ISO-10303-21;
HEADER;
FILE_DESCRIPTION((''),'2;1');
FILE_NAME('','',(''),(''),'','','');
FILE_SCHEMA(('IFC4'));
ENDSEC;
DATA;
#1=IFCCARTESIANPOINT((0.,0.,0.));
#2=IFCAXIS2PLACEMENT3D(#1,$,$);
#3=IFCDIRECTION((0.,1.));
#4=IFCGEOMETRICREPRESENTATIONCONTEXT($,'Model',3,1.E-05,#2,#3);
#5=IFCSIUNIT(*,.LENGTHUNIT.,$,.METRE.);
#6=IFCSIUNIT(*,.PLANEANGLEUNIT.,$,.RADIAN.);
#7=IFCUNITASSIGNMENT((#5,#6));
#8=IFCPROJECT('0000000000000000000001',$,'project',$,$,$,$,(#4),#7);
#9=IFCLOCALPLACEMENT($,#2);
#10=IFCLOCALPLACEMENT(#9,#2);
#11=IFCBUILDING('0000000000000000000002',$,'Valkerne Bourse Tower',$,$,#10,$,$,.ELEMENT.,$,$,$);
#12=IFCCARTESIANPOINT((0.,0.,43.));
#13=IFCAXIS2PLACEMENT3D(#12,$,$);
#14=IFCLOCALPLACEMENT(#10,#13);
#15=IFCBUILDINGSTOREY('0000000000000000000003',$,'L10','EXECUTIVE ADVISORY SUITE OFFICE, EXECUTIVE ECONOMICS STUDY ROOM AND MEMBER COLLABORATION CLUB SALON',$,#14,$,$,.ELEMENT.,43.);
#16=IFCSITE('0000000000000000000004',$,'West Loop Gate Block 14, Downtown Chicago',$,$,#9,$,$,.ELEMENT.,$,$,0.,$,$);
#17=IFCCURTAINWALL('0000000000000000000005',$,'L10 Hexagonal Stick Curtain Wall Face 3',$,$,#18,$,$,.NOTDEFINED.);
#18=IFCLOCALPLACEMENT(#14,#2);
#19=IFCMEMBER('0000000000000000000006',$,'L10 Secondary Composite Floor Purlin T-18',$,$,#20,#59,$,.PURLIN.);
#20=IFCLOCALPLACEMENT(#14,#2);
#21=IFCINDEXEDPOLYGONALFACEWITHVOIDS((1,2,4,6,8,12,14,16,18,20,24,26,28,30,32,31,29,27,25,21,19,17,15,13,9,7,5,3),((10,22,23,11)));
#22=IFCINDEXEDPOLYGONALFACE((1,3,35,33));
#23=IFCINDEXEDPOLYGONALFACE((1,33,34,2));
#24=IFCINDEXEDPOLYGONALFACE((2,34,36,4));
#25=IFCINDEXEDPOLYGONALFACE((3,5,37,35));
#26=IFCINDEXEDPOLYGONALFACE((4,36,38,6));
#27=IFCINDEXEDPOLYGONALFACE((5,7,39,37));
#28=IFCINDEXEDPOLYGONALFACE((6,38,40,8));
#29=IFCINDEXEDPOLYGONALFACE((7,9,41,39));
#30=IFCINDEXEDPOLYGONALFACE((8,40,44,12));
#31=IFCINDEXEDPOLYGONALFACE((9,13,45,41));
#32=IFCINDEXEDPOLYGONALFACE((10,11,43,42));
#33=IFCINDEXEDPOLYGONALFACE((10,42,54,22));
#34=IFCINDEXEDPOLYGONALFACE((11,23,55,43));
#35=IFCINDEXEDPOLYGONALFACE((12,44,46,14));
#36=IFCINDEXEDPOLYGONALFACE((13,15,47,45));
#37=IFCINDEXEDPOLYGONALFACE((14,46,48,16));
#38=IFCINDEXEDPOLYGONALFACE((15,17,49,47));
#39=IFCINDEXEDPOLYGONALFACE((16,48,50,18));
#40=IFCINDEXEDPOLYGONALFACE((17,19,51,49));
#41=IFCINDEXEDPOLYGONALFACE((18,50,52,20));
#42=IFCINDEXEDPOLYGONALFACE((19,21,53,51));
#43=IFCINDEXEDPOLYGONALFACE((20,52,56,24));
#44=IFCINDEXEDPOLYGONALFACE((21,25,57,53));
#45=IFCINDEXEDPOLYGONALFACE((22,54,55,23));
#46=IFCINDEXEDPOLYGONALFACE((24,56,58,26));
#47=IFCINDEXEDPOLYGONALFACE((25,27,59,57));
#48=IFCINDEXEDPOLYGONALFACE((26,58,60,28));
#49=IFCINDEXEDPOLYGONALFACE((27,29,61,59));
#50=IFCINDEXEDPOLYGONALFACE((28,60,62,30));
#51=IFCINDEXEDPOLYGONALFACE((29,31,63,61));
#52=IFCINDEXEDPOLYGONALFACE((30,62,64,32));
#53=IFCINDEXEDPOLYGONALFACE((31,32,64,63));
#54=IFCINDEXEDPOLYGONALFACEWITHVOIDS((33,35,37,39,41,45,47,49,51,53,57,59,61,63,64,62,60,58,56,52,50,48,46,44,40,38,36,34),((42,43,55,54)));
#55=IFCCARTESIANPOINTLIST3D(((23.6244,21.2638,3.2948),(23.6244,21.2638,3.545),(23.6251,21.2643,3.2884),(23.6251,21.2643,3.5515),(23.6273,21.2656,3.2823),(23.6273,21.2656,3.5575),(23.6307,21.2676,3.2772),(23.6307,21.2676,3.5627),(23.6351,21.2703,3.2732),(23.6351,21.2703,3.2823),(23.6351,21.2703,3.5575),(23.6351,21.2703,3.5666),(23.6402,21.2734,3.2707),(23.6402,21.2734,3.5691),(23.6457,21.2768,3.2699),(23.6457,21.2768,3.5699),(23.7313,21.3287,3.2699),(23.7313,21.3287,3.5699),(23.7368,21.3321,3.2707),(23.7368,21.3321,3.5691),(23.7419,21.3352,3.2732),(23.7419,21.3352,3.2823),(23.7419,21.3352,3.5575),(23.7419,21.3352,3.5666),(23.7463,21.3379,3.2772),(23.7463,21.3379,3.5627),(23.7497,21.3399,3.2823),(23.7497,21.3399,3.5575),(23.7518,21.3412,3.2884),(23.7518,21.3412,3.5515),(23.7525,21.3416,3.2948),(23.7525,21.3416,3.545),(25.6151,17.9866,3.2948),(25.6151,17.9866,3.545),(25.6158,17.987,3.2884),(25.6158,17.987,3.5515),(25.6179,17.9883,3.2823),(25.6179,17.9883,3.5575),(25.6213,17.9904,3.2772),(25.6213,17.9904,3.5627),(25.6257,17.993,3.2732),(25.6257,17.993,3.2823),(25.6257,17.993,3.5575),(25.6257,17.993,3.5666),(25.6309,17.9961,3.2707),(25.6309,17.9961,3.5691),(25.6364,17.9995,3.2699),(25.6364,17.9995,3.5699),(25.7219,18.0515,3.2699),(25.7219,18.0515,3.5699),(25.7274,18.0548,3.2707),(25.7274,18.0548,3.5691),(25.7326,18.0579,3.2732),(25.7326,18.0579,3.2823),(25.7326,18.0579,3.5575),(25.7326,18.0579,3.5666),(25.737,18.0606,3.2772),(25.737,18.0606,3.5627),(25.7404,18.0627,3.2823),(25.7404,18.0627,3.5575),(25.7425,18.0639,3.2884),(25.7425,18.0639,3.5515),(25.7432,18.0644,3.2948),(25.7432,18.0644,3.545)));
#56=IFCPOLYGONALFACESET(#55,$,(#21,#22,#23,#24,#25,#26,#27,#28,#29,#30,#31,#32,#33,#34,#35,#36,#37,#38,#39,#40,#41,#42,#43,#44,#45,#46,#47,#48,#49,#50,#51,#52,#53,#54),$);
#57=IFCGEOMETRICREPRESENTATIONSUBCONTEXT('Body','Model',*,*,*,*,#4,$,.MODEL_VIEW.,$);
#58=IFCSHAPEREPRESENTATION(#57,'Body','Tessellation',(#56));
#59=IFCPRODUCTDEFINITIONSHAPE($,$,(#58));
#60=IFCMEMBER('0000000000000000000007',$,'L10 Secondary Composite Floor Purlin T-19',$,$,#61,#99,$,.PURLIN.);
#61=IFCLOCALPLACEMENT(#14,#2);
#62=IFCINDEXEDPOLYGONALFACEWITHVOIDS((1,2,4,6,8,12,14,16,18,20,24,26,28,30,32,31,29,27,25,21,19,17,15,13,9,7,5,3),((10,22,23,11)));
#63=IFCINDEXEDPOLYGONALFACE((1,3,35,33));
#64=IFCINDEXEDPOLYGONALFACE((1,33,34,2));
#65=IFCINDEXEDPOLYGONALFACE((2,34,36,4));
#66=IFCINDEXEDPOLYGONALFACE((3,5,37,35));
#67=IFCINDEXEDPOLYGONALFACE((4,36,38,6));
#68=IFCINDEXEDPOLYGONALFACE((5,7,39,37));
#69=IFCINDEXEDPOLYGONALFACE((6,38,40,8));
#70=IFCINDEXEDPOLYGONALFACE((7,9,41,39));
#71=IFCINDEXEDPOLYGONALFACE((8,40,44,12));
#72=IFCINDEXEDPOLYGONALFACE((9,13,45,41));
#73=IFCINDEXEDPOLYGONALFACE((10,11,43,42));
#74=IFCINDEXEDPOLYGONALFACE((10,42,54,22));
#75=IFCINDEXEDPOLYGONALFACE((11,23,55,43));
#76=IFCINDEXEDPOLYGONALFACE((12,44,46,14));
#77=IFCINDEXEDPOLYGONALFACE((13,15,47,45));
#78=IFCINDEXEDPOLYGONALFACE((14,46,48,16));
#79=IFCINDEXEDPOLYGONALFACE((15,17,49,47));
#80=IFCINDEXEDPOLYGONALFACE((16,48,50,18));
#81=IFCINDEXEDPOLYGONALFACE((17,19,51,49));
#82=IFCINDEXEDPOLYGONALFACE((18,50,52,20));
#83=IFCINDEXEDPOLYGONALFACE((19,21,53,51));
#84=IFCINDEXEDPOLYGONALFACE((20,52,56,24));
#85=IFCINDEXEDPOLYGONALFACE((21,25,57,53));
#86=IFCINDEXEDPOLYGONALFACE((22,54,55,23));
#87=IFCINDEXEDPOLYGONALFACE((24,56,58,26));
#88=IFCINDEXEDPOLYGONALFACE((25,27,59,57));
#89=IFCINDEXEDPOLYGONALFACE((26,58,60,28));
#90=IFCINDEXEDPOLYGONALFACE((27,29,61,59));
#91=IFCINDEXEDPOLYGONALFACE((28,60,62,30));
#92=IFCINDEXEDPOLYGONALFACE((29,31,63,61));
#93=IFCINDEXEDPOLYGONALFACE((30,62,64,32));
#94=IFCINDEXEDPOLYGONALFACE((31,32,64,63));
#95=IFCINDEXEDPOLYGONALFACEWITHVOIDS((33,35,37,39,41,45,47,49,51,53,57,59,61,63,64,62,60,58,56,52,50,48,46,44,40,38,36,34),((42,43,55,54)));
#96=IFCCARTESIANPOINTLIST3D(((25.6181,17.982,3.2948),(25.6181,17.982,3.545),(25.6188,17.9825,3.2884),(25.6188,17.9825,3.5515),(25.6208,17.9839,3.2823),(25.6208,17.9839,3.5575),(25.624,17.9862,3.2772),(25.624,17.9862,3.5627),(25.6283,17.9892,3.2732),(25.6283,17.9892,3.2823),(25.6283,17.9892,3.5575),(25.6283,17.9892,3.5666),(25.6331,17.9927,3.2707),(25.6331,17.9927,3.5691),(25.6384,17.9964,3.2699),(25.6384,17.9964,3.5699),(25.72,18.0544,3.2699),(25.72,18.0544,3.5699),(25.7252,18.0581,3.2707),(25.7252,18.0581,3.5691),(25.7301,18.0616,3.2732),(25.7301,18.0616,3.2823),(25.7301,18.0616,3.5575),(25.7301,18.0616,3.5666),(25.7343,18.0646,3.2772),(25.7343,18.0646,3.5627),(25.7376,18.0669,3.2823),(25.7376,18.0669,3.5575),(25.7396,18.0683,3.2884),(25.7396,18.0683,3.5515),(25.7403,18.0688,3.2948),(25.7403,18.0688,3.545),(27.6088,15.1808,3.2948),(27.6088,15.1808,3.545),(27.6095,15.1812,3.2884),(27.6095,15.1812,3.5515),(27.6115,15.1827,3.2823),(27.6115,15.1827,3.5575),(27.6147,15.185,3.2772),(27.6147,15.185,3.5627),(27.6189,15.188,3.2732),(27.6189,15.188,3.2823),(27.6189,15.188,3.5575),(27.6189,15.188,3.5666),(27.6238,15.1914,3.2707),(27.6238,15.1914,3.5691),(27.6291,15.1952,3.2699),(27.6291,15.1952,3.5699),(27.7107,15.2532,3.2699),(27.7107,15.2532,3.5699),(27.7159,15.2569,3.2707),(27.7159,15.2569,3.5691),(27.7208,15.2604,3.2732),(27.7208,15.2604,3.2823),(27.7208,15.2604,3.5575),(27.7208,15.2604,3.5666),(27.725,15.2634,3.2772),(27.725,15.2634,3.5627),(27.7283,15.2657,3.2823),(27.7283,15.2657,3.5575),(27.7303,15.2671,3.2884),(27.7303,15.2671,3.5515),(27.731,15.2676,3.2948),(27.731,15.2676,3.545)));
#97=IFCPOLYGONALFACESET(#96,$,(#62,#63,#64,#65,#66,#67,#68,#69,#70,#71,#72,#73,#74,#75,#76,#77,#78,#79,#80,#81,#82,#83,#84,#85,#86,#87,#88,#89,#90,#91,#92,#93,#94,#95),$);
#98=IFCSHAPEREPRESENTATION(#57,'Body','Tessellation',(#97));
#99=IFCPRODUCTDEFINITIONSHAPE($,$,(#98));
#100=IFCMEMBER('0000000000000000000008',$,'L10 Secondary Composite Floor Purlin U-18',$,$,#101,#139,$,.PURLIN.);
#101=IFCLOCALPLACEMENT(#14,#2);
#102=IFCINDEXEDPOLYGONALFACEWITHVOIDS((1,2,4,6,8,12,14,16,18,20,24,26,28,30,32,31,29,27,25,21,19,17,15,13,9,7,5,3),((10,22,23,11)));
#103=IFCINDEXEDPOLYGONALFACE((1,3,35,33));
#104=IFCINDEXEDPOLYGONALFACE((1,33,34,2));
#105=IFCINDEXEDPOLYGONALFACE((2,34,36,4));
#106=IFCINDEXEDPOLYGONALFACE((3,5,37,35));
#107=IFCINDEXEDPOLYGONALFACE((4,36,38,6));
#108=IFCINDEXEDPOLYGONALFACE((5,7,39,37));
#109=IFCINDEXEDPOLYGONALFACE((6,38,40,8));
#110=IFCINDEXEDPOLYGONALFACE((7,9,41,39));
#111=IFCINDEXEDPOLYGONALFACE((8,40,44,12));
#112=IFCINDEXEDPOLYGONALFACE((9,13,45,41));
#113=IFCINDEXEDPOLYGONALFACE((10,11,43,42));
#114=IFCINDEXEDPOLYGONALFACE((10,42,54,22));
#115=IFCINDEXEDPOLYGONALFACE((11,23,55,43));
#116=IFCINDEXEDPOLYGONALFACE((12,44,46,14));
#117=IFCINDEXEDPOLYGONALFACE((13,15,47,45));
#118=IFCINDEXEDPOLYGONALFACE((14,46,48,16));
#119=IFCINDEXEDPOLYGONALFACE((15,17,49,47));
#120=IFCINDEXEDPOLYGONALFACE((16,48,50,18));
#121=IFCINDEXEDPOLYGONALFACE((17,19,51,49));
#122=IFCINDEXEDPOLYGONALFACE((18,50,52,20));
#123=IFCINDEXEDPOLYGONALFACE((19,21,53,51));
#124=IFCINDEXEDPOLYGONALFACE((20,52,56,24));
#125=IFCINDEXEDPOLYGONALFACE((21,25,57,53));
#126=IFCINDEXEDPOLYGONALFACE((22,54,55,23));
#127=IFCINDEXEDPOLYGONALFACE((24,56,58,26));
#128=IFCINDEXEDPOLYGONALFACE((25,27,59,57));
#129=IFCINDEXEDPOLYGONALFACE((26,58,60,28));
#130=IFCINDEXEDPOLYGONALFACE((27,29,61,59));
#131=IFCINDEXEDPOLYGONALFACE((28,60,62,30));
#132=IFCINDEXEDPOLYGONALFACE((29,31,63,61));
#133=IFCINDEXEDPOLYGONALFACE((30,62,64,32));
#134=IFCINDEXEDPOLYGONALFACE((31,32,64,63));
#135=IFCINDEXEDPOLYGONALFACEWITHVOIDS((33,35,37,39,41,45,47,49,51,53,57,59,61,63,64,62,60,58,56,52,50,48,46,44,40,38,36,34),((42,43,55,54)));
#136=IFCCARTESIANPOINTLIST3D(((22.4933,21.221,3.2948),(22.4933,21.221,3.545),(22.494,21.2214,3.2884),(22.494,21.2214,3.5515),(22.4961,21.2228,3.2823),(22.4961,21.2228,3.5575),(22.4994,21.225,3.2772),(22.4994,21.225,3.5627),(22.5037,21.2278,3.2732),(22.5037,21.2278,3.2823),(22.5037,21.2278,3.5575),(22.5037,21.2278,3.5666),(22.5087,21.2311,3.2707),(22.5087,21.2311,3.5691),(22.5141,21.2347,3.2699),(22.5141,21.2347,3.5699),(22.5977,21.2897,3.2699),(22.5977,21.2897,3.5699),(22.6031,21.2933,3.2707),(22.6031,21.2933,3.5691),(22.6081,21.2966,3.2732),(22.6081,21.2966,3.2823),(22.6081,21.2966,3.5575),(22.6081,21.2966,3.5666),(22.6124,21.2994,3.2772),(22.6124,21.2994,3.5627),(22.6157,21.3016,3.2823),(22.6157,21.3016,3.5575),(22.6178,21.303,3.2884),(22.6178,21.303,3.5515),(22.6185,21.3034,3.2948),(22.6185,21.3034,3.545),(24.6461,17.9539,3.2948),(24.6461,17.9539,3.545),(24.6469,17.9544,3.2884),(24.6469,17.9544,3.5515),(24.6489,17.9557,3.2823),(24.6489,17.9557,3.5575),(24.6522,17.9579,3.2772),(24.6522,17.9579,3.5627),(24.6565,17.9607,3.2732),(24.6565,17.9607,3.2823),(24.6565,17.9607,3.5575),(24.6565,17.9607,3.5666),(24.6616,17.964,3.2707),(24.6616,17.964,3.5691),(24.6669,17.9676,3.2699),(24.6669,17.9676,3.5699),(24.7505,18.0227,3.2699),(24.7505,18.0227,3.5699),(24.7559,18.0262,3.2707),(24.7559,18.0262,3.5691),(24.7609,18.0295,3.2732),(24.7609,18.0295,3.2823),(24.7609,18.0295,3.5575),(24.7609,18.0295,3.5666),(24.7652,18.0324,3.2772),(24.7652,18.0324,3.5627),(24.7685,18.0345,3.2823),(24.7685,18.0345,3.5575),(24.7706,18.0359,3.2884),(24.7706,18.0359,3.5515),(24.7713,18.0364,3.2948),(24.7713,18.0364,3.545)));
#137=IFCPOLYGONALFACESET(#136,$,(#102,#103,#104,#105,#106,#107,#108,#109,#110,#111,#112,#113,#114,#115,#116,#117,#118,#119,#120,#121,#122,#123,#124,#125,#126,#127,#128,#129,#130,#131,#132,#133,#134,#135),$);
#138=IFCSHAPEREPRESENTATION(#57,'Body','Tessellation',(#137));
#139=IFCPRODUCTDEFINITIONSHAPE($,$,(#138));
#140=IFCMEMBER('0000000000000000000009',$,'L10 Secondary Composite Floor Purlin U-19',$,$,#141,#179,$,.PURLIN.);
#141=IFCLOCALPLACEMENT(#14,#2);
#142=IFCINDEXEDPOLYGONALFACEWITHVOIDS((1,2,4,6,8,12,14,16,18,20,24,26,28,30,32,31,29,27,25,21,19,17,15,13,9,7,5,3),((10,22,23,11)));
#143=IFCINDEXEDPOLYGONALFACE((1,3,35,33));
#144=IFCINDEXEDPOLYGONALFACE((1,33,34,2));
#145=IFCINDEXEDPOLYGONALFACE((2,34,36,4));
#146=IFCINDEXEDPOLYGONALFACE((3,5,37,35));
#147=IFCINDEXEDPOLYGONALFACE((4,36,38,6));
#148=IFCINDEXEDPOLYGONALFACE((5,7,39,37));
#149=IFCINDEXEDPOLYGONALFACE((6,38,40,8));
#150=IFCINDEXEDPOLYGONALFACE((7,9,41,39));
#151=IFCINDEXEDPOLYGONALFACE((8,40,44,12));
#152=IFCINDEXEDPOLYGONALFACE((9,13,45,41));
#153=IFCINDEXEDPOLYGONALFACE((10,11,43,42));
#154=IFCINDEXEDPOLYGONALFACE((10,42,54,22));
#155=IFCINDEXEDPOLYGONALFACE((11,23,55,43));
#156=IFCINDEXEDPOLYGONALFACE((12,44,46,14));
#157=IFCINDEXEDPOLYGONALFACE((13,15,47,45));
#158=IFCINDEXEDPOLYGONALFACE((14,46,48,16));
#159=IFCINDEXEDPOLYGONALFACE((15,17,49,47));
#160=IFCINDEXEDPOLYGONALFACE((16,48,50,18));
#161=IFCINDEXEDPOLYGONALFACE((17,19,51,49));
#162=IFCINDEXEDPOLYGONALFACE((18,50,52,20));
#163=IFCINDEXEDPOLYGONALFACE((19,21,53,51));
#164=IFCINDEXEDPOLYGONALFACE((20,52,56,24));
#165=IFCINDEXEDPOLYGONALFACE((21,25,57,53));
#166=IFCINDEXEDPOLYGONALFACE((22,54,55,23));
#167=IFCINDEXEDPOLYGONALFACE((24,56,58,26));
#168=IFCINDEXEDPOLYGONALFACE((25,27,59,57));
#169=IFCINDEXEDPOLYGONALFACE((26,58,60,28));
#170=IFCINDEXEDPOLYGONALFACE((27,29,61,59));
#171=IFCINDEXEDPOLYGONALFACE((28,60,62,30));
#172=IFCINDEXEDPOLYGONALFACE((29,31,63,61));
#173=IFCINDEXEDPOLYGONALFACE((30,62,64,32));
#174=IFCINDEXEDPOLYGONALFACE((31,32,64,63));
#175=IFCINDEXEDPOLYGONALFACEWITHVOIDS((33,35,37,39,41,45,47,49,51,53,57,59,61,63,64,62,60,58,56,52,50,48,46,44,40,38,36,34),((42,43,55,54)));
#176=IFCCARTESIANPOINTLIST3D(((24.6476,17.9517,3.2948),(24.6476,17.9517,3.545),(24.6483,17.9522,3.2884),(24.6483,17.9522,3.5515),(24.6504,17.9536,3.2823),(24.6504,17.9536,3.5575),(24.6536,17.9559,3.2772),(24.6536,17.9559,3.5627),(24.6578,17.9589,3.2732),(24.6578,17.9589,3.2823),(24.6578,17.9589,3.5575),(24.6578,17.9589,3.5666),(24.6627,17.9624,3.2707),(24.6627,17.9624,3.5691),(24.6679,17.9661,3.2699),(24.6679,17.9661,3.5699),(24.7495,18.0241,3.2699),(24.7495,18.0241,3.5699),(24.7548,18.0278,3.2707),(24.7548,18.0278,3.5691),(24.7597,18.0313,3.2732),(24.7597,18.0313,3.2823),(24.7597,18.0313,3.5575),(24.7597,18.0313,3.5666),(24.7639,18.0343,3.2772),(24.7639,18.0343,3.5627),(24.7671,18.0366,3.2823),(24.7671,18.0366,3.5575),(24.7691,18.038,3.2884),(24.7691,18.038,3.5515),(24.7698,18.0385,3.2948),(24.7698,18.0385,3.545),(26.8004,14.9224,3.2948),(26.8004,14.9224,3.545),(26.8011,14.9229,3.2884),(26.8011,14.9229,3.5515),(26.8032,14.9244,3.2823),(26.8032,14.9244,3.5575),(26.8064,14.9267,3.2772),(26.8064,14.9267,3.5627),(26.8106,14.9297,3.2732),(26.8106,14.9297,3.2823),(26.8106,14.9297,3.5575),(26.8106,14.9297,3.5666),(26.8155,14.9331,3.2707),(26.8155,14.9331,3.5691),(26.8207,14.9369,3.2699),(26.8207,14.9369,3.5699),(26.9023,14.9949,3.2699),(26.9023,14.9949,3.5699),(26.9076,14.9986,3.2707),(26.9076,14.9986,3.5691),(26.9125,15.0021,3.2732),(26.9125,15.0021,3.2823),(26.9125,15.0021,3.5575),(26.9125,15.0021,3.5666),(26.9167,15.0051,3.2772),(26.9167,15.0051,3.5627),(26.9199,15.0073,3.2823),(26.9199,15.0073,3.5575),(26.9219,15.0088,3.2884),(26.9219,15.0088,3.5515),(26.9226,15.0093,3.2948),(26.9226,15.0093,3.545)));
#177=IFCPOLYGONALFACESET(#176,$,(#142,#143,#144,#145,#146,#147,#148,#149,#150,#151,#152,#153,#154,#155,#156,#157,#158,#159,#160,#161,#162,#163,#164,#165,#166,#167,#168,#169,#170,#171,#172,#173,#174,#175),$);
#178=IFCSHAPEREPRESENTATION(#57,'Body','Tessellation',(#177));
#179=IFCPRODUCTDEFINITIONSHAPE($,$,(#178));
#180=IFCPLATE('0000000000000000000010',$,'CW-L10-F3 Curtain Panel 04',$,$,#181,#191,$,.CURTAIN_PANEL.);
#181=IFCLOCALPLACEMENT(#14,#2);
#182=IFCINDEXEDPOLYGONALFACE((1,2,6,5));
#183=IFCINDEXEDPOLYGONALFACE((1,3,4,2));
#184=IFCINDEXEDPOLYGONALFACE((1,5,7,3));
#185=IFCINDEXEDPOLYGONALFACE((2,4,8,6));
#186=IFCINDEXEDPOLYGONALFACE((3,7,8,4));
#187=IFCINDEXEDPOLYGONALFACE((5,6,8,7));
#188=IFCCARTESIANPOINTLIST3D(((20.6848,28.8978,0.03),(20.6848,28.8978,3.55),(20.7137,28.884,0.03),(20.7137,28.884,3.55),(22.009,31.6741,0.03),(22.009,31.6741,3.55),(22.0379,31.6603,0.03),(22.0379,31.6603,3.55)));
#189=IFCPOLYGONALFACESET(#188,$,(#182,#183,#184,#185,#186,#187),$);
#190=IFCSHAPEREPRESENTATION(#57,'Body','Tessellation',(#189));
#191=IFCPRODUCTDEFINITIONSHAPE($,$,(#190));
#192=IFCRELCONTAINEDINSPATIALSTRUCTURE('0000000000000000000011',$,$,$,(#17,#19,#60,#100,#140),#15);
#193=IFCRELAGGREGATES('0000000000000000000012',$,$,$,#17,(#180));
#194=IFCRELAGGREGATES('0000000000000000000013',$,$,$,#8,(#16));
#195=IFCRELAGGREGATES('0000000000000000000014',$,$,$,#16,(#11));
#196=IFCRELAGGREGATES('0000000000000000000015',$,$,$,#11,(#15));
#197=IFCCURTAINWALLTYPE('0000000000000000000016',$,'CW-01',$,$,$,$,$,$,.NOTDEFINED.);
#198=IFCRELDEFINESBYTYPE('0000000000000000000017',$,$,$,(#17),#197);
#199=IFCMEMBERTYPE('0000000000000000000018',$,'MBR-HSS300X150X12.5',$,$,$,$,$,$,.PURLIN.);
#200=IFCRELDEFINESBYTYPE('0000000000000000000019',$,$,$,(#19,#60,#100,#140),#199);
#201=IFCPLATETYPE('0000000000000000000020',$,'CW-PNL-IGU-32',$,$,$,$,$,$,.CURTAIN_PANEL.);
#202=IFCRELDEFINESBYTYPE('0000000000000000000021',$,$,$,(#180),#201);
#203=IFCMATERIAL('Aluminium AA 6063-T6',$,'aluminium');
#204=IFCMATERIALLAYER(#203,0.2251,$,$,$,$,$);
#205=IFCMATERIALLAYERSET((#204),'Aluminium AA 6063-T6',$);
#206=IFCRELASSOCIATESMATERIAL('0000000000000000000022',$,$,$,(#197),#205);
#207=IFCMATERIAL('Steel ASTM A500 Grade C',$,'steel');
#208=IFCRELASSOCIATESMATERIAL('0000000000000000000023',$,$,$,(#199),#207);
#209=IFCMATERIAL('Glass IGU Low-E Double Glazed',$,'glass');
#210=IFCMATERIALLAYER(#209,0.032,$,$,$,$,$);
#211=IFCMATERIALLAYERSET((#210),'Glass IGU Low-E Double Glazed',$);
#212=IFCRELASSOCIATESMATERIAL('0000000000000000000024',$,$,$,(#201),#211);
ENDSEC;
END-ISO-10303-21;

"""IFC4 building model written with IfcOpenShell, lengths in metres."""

from ifc_helpers import new_model, si_unit, direction, frame, origin, origin_2d, place, context, subcontext, project, spatial, rectangle, hollow_rectangle, extrude, material, layer, layer_set, material_profile, profile_set, type_object, element, aggregate, save


model = new_model("IFC4")

# Units and contexts
model_context = context("Model", 3, precision=1e-05, world=origin(), true_north=direction((0.0, 1.0)))
body_context = subcontext(model_context, "Body", "Model", "MODEL_VIEW")
ifc_project = project(units=[si_unit("LENGTHUNIT", "METRE"), si_unit("PLANEANGLEUNIT", "RADIAN")], contexts=[model_context])

# Site, building, storey
site_placement = place(None, origin())
site = spatial("IfcSite", under=ifc_project, at=site_placement, Name="West Loop Gate Block 14, Downtown Chicago", CompositionType="ELEMENT", RefElevation=0.0)
building_placement = place(site_placement, origin())
building = spatial("IfcBuilding", under=site, at=building_placement, Name="Valkerne Bourse Tower", CompositionType="ELEMENT")
storey_placement = place(building_placement, frame((0.0, 0.0, 43.0)))
storey = spatial("IfcBuildingStorey", under=building, at=storey_placement, Name="L10", Description="EXECUTIVE ADVISORY SUITE OFFICE, EXECUTIVE ECONOMICS STUDY ROOM AND MEMBER COLLABORATION CLUB SALON", CompositionType="ELEMENT", Elevation=43.0)

# Curtain wall
ifc_material_1 = material(Name="Aluminium AA 6063-T6", Category="aluminium")
ifc_layer_1 = layer(ifc_material_1, 0.2251)
ifc_layer_set_1 = layer_set([ifc_layer_1], Name="Aluminium AA 6063-T6")
curtain_wall_type = type_object("IfcCurtainWallType", Name="CW-01", PredefinedType="NOTDEFINED", material=ifc_layer_set_1)
curtain_wall_1_placement = place(storey_placement, origin())
curtain_wall_1 = element("IfcCurtainWall", 1, at=curtain_wall_1_placement, inside=storey, type_object=curtain_wall_type, Name="L10 Hexagonal Stick Curtain Wall Face 3", PredefinedType="NOTDEFINED")

# Members
ifc_material_2 = material(Name="Steel ASTM A500 Grade C", Category="steel")
ifc_material_profile_1 = material_profile(ifc_material_2, hollow_rectangle(XDim=0.1499, YDim=0.3, WallThickness=0.0125, OuterFilletRadius=0.0249, at=origin_2d()), Name="HSS300X150X12.5")
ifc_profile_set_1 = profile_set([ifc_material_profile_1], Name="Steel ASTM A500 Grade C")
member_type_1 = type_object("IfcMemberType", Name="MBR-HSS300X150X12.5", PredefinedType="PURLIN", material=ifc_profile_set_1)
member_1_placement = place(storey_placement, frame((23.6885, 21.3027, 3.4199), z_axis=(0.519151, -0.854683, 0.0), x_axis=(0.854683, 0.519151, 0.0)))
element("IfcMember", 2, at=member_1_placement, inside=storey, type_object=member_type_1, Name="L10 Secondary Composite Floor Purlin T-18", PredefinedType="PURLIN", context=body_context, shape_type="SweptSolid", body=[
    extrude(hollow_rectangle(XDim=0.1499, YDim=0.3, WallThickness=0.0125, OuterFilletRadius=0.0249, at=origin_2d()), origin(), (0.0, 0.0, 1.0), 3.8345),
])
member_2_placement = place(storey_placement, frame((25.6792, 18.0254, 3.4199), z_axis=(0.579274, -0.815133, 0.0), x_axis=(0.815133, 0.579274, 0.0)))
element("IfcMember", 3, at=member_2_placement, inside=storey, type_object=member_type_1, Name="L10 Secondary Composite Floor Purlin T-19", PredefinedType="PURLIN", context=body_context, shape_type="SweptSolid", body=[
    extrude(hollow_rectangle(XDim=0.1499, YDim=0.3, WallThickness=0.0125, OuterFilletRadius=0.0249, at=origin_2d()), origin(), (0.0, 0.0, 1.0), 3.4365),
])
member_3_placement = place(storey_placement, frame((22.5559, 21.2622, 3.4199), z_axis=(0.550228, -0.835014, 0.0), x_axis=(0.835014, 0.550228, 0.0)))
element("IfcMember", 4, at=member_3_placement, inside=storey, type_object=member_type_1, Name="L10 Secondary Composite Floor Purlin U-18", PredefinedType="PURLIN", context=body_context, shape_type="SweptSolid", body=[
    extrude(hollow_rectangle(XDim=0.1499, YDim=0.3, WallThickness=0.0125, OuterFilletRadius=0.0249, at=origin_2d()), origin(), (0.0, 0.0, 1.0), 3.9126),
])
member_4_placement = place(storey_placement, frame((24.7087, 17.9951, 3.4199), z_axis=(0.579285, -0.815125, 0.0), x_axis=(0.815125, 0.579285, 0.0)))
element("IfcMember", 5, at=member_4_placement, inside=storey, type_object=member_type_1, Name="L10 Secondary Composite Floor Purlin U-19", PredefinedType="PURLIN", context=body_context, shape_type="SweptSolid", body=[
    extrude(hollow_rectangle(XDim=0.1499, YDim=0.3, WallThickness=0.0125, OuterFilletRadius=0.0249, at=origin_2d()), origin(), (0.0, 0.0, 1.0), 3.7163),
])

# Plate
ifc_material_3 = material(Name="Glass IGU Low-E Double Glazed", Category="glass")
ifc_layer_2 = layer(ifc_material_3, 0.032)
ifc_layer_set_2 = layer_set([ifc_layer_2], Name="Glass IGU Low-E Double Glazed")
plate_type = type_object("IfcPlateType", Name="CW-PNL-IGU-32", PredefinedType="CURTAIN_PANEL", material=ifc_layer_set_2)
plate_1_placement = place(storey_placement, frame((21.3613, 30.2791, 0.03), z_axis=(0.0, 0.0, 1.0), x_axis=(-0.43051, -0.902586, 0.0)))
plate_1 = element("IfcPlate", 6, at=plate_1_placement, type_object=plate_type, Name="CW-L10-F3 Curtain Panel 04", PredefinedType="CURTAIN_PANEL", context=body_context, shape_type="SweptSolid", body=[
    extrude(rectangle(XDim=3.0759, YDim=0.032, at=origin_2d()), origin(), (0.0, 0.0, 1.0), 3.52),
])
aggregate(curtain_wall_1, [plate_1])

save(model, "model.ifc")
